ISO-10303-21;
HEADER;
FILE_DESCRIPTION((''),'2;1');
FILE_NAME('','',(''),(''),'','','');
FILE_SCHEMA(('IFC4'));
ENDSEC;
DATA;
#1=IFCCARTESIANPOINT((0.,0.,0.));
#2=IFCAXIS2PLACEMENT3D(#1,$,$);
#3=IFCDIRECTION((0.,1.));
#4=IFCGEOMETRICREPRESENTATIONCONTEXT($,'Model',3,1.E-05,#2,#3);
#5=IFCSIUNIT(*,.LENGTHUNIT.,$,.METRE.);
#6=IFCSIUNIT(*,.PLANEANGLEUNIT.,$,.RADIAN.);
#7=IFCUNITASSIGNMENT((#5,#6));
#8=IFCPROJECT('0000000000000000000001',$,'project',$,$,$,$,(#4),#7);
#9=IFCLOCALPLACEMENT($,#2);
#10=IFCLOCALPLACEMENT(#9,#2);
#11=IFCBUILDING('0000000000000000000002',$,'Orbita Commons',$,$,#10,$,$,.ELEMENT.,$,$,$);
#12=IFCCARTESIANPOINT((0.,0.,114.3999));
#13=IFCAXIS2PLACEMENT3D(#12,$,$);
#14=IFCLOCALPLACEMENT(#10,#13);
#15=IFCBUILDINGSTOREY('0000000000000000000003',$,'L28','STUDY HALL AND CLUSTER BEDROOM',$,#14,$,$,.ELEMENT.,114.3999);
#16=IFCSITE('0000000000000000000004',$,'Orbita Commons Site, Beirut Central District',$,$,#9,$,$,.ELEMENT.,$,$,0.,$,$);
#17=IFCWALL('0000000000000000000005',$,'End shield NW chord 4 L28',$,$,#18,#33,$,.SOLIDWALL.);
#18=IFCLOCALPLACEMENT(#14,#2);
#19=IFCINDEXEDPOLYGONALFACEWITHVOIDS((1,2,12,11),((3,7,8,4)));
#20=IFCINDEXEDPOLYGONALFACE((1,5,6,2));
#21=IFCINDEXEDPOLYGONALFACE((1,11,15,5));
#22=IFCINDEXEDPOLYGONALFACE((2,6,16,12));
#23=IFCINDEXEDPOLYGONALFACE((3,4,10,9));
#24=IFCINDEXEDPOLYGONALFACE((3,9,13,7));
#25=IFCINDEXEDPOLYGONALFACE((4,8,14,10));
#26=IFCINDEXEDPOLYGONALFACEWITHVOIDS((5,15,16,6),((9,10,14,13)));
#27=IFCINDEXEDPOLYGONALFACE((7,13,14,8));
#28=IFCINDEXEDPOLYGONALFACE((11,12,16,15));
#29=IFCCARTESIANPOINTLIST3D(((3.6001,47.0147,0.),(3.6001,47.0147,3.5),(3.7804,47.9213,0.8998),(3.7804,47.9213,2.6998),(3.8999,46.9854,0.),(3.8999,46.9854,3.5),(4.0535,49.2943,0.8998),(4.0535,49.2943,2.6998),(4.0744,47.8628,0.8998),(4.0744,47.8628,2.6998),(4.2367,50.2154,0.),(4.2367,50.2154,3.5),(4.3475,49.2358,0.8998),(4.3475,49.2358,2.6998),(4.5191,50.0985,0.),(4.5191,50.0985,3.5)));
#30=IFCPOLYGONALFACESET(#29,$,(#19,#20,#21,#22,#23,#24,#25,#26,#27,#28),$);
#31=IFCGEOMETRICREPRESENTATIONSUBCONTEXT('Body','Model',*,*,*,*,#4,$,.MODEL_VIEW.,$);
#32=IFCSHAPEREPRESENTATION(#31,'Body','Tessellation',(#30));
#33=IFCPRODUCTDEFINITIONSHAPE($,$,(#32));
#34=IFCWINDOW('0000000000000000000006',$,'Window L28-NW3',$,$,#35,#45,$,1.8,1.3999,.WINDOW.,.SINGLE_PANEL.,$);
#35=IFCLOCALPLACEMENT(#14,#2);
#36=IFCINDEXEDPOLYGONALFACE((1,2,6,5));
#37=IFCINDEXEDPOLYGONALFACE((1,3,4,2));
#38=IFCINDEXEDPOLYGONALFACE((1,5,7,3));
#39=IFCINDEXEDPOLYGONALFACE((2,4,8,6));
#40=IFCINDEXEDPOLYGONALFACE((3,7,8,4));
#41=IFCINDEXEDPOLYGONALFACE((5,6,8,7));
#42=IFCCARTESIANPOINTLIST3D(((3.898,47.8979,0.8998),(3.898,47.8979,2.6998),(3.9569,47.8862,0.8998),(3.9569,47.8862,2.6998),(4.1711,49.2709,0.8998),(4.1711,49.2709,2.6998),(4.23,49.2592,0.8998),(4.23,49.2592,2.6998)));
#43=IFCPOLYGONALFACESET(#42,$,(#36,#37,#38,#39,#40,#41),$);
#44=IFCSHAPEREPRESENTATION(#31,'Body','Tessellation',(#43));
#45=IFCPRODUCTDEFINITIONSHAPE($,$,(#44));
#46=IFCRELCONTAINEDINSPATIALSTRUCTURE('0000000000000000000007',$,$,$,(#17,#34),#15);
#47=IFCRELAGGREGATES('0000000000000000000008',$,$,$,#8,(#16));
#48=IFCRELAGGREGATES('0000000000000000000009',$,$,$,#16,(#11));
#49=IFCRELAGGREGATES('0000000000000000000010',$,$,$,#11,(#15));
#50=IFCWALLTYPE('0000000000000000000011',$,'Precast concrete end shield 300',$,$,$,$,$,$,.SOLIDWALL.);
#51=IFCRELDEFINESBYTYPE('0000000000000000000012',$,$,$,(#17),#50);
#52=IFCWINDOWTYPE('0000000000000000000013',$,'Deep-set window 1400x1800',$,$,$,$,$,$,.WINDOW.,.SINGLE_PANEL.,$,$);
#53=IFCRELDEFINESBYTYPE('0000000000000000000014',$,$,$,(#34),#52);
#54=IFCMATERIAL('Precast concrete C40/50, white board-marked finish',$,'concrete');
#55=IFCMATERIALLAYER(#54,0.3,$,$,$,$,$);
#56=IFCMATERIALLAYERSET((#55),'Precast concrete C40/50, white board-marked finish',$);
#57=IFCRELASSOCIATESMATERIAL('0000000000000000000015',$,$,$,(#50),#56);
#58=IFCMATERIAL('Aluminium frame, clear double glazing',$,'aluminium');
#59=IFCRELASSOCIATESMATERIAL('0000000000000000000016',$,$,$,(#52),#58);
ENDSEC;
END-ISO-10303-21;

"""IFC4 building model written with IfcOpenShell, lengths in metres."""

from ifc_helpers import new_model, si_unit, direction, frame, frame_2d, origin, place, context, subcontext, project, spatial, polyline, rectangle, outline, extrude, material, layer, layer_set, type_object, element, fill, save


model = new_model("IFC4")

# Units and contexts
model_context = context("Model", 3, precision=1e-05, world=origin(), true_north=direction((0.0, 1.0)))
body_context = subcontext(model_context, "Body", "Model", "MODEL_VIEW")
ifc_project = project(units=[si_unit("LENGTHUNIT", "METRE"), si_unit("PLANEANGLEUNIT", "RADIAN")], contexts=[model_context])

# Site, building, storey
site_placement = place(None, origin())
site = spatial("IfcSite", under=ifc_project, at=site_placement, Name="Orbita Commons Site, Beirut Central District", CompositionType="ELEMENT", RefElevation=0.0)
building_placement = place(site_placement, origin())
building = spatial("IfcBuilding", under=site, at=building_placement, Name="Orbita Commons", CompositionType="ELEMENT")
storey_placement = place(building_placement, frame((0.0, 0.0, 114.3999)))
storey = spatial("IfcBuildingStorey", under=building, at=storey_placement, Name="L28", Description="STUDY HALL AND CLUSTER BEDROOM", CompositionType="ELEMENT", Elevation=114.3999)

# Wall, opening, window
ifc_material_1 = material(Name="Precast concrete C40/50, white board-marked finish", Category="concrete")
ifc_layer_1 = layer(ifc_material_1, 0.3)
ifc_layer_set_1 = layer_set([ifc_layer_1], Name="Precast concrete C40/50, white board-marked finish")
wall_type_1 = type_object("IfcWallType", Name="Precast concrete end shield 300", PredefinedType="SOLIDWALL", material=ifc_layer_set_1)
ifc_material_2 = material(Name="Aluminium frame, clear double glazing", Category="aluminium")
window_type = type_object("IfcWindowType", Name="Deep-set window 1400x1800", PartitioningType="SINGLE_PANEL", PredefinedType="WINDOW", material=ifc_material_2)
wall_1_placement = place(storey_placement, frame((4.3779, 50.157, 0.0), z_axis=(0.0, 0.0, 1.0), x_axis=(-0.19508, -0.980787, 0.0)))
wall_1 = element("IfcWall", 1, at=wall_1_placement, inside=storey, type_object=wall_type_1, Name="End shield NW chord 4 L28", PredefinedType="SOLIDWALL", context=body_context, shape_type="SweptSolid", body=[
    extrude(outline(polyline([(-0.0298, -0.1499), (3.2336, -0.1499), (3.2039, 0.1499), (0.0298, 0.1499), (-0.0298, -0.1499)])), origin(), (0.0, 0.0, 1.0), 3.5),
])
opening_1_placement = place(wall_1_placement, frame((0.9094, 0.0, 0.8999)))
opening_1 = element("IfcOpeningElement", 2, at=opening_1_placement, cuts=wall_1, PredefinedType="OPENING", context=body_context, shape_type="SweptSolid", body=[
    extrude(rectangle(XDim=1.3999, YDim=1.8, at=frame_2d((0.7, 0.8999))), frame((0.0, 0.1599, 0.0), z_axis=(0.0, -1.0, 0.0), x_axis=(1.0, 0.0, 0.0)), (0.0, 0.0, 1.0), 0.3201),
])
window_1_placement = place(opening_1_placement, origin())
window_1 = element("IfcWindow", 3, at=window_1_placement, inside=storey, type_object=window_type, Name="Window L28-NW3", OverallHeight=1.8, OverallWidth=1.3999, PartitioningType="SINGLE_PANEL", PredefinedType="WINDOW", context=body_context, shape_type="SweptSolid", body=[
    extrude(rectangle(XDim=1.3999, YDim=1.8, at=frame_2d((0.7, 0.8999))), frame((0.0, 0.03, 0.0), z_axis=(0.0, -1.0, 0.0), x_axis=(1.0, 0.0, 0.0)), (0.0, 0.0, 1.0), 0.0601),
])
fill(opening_1, window_1)

save(model, "model.ifc")
